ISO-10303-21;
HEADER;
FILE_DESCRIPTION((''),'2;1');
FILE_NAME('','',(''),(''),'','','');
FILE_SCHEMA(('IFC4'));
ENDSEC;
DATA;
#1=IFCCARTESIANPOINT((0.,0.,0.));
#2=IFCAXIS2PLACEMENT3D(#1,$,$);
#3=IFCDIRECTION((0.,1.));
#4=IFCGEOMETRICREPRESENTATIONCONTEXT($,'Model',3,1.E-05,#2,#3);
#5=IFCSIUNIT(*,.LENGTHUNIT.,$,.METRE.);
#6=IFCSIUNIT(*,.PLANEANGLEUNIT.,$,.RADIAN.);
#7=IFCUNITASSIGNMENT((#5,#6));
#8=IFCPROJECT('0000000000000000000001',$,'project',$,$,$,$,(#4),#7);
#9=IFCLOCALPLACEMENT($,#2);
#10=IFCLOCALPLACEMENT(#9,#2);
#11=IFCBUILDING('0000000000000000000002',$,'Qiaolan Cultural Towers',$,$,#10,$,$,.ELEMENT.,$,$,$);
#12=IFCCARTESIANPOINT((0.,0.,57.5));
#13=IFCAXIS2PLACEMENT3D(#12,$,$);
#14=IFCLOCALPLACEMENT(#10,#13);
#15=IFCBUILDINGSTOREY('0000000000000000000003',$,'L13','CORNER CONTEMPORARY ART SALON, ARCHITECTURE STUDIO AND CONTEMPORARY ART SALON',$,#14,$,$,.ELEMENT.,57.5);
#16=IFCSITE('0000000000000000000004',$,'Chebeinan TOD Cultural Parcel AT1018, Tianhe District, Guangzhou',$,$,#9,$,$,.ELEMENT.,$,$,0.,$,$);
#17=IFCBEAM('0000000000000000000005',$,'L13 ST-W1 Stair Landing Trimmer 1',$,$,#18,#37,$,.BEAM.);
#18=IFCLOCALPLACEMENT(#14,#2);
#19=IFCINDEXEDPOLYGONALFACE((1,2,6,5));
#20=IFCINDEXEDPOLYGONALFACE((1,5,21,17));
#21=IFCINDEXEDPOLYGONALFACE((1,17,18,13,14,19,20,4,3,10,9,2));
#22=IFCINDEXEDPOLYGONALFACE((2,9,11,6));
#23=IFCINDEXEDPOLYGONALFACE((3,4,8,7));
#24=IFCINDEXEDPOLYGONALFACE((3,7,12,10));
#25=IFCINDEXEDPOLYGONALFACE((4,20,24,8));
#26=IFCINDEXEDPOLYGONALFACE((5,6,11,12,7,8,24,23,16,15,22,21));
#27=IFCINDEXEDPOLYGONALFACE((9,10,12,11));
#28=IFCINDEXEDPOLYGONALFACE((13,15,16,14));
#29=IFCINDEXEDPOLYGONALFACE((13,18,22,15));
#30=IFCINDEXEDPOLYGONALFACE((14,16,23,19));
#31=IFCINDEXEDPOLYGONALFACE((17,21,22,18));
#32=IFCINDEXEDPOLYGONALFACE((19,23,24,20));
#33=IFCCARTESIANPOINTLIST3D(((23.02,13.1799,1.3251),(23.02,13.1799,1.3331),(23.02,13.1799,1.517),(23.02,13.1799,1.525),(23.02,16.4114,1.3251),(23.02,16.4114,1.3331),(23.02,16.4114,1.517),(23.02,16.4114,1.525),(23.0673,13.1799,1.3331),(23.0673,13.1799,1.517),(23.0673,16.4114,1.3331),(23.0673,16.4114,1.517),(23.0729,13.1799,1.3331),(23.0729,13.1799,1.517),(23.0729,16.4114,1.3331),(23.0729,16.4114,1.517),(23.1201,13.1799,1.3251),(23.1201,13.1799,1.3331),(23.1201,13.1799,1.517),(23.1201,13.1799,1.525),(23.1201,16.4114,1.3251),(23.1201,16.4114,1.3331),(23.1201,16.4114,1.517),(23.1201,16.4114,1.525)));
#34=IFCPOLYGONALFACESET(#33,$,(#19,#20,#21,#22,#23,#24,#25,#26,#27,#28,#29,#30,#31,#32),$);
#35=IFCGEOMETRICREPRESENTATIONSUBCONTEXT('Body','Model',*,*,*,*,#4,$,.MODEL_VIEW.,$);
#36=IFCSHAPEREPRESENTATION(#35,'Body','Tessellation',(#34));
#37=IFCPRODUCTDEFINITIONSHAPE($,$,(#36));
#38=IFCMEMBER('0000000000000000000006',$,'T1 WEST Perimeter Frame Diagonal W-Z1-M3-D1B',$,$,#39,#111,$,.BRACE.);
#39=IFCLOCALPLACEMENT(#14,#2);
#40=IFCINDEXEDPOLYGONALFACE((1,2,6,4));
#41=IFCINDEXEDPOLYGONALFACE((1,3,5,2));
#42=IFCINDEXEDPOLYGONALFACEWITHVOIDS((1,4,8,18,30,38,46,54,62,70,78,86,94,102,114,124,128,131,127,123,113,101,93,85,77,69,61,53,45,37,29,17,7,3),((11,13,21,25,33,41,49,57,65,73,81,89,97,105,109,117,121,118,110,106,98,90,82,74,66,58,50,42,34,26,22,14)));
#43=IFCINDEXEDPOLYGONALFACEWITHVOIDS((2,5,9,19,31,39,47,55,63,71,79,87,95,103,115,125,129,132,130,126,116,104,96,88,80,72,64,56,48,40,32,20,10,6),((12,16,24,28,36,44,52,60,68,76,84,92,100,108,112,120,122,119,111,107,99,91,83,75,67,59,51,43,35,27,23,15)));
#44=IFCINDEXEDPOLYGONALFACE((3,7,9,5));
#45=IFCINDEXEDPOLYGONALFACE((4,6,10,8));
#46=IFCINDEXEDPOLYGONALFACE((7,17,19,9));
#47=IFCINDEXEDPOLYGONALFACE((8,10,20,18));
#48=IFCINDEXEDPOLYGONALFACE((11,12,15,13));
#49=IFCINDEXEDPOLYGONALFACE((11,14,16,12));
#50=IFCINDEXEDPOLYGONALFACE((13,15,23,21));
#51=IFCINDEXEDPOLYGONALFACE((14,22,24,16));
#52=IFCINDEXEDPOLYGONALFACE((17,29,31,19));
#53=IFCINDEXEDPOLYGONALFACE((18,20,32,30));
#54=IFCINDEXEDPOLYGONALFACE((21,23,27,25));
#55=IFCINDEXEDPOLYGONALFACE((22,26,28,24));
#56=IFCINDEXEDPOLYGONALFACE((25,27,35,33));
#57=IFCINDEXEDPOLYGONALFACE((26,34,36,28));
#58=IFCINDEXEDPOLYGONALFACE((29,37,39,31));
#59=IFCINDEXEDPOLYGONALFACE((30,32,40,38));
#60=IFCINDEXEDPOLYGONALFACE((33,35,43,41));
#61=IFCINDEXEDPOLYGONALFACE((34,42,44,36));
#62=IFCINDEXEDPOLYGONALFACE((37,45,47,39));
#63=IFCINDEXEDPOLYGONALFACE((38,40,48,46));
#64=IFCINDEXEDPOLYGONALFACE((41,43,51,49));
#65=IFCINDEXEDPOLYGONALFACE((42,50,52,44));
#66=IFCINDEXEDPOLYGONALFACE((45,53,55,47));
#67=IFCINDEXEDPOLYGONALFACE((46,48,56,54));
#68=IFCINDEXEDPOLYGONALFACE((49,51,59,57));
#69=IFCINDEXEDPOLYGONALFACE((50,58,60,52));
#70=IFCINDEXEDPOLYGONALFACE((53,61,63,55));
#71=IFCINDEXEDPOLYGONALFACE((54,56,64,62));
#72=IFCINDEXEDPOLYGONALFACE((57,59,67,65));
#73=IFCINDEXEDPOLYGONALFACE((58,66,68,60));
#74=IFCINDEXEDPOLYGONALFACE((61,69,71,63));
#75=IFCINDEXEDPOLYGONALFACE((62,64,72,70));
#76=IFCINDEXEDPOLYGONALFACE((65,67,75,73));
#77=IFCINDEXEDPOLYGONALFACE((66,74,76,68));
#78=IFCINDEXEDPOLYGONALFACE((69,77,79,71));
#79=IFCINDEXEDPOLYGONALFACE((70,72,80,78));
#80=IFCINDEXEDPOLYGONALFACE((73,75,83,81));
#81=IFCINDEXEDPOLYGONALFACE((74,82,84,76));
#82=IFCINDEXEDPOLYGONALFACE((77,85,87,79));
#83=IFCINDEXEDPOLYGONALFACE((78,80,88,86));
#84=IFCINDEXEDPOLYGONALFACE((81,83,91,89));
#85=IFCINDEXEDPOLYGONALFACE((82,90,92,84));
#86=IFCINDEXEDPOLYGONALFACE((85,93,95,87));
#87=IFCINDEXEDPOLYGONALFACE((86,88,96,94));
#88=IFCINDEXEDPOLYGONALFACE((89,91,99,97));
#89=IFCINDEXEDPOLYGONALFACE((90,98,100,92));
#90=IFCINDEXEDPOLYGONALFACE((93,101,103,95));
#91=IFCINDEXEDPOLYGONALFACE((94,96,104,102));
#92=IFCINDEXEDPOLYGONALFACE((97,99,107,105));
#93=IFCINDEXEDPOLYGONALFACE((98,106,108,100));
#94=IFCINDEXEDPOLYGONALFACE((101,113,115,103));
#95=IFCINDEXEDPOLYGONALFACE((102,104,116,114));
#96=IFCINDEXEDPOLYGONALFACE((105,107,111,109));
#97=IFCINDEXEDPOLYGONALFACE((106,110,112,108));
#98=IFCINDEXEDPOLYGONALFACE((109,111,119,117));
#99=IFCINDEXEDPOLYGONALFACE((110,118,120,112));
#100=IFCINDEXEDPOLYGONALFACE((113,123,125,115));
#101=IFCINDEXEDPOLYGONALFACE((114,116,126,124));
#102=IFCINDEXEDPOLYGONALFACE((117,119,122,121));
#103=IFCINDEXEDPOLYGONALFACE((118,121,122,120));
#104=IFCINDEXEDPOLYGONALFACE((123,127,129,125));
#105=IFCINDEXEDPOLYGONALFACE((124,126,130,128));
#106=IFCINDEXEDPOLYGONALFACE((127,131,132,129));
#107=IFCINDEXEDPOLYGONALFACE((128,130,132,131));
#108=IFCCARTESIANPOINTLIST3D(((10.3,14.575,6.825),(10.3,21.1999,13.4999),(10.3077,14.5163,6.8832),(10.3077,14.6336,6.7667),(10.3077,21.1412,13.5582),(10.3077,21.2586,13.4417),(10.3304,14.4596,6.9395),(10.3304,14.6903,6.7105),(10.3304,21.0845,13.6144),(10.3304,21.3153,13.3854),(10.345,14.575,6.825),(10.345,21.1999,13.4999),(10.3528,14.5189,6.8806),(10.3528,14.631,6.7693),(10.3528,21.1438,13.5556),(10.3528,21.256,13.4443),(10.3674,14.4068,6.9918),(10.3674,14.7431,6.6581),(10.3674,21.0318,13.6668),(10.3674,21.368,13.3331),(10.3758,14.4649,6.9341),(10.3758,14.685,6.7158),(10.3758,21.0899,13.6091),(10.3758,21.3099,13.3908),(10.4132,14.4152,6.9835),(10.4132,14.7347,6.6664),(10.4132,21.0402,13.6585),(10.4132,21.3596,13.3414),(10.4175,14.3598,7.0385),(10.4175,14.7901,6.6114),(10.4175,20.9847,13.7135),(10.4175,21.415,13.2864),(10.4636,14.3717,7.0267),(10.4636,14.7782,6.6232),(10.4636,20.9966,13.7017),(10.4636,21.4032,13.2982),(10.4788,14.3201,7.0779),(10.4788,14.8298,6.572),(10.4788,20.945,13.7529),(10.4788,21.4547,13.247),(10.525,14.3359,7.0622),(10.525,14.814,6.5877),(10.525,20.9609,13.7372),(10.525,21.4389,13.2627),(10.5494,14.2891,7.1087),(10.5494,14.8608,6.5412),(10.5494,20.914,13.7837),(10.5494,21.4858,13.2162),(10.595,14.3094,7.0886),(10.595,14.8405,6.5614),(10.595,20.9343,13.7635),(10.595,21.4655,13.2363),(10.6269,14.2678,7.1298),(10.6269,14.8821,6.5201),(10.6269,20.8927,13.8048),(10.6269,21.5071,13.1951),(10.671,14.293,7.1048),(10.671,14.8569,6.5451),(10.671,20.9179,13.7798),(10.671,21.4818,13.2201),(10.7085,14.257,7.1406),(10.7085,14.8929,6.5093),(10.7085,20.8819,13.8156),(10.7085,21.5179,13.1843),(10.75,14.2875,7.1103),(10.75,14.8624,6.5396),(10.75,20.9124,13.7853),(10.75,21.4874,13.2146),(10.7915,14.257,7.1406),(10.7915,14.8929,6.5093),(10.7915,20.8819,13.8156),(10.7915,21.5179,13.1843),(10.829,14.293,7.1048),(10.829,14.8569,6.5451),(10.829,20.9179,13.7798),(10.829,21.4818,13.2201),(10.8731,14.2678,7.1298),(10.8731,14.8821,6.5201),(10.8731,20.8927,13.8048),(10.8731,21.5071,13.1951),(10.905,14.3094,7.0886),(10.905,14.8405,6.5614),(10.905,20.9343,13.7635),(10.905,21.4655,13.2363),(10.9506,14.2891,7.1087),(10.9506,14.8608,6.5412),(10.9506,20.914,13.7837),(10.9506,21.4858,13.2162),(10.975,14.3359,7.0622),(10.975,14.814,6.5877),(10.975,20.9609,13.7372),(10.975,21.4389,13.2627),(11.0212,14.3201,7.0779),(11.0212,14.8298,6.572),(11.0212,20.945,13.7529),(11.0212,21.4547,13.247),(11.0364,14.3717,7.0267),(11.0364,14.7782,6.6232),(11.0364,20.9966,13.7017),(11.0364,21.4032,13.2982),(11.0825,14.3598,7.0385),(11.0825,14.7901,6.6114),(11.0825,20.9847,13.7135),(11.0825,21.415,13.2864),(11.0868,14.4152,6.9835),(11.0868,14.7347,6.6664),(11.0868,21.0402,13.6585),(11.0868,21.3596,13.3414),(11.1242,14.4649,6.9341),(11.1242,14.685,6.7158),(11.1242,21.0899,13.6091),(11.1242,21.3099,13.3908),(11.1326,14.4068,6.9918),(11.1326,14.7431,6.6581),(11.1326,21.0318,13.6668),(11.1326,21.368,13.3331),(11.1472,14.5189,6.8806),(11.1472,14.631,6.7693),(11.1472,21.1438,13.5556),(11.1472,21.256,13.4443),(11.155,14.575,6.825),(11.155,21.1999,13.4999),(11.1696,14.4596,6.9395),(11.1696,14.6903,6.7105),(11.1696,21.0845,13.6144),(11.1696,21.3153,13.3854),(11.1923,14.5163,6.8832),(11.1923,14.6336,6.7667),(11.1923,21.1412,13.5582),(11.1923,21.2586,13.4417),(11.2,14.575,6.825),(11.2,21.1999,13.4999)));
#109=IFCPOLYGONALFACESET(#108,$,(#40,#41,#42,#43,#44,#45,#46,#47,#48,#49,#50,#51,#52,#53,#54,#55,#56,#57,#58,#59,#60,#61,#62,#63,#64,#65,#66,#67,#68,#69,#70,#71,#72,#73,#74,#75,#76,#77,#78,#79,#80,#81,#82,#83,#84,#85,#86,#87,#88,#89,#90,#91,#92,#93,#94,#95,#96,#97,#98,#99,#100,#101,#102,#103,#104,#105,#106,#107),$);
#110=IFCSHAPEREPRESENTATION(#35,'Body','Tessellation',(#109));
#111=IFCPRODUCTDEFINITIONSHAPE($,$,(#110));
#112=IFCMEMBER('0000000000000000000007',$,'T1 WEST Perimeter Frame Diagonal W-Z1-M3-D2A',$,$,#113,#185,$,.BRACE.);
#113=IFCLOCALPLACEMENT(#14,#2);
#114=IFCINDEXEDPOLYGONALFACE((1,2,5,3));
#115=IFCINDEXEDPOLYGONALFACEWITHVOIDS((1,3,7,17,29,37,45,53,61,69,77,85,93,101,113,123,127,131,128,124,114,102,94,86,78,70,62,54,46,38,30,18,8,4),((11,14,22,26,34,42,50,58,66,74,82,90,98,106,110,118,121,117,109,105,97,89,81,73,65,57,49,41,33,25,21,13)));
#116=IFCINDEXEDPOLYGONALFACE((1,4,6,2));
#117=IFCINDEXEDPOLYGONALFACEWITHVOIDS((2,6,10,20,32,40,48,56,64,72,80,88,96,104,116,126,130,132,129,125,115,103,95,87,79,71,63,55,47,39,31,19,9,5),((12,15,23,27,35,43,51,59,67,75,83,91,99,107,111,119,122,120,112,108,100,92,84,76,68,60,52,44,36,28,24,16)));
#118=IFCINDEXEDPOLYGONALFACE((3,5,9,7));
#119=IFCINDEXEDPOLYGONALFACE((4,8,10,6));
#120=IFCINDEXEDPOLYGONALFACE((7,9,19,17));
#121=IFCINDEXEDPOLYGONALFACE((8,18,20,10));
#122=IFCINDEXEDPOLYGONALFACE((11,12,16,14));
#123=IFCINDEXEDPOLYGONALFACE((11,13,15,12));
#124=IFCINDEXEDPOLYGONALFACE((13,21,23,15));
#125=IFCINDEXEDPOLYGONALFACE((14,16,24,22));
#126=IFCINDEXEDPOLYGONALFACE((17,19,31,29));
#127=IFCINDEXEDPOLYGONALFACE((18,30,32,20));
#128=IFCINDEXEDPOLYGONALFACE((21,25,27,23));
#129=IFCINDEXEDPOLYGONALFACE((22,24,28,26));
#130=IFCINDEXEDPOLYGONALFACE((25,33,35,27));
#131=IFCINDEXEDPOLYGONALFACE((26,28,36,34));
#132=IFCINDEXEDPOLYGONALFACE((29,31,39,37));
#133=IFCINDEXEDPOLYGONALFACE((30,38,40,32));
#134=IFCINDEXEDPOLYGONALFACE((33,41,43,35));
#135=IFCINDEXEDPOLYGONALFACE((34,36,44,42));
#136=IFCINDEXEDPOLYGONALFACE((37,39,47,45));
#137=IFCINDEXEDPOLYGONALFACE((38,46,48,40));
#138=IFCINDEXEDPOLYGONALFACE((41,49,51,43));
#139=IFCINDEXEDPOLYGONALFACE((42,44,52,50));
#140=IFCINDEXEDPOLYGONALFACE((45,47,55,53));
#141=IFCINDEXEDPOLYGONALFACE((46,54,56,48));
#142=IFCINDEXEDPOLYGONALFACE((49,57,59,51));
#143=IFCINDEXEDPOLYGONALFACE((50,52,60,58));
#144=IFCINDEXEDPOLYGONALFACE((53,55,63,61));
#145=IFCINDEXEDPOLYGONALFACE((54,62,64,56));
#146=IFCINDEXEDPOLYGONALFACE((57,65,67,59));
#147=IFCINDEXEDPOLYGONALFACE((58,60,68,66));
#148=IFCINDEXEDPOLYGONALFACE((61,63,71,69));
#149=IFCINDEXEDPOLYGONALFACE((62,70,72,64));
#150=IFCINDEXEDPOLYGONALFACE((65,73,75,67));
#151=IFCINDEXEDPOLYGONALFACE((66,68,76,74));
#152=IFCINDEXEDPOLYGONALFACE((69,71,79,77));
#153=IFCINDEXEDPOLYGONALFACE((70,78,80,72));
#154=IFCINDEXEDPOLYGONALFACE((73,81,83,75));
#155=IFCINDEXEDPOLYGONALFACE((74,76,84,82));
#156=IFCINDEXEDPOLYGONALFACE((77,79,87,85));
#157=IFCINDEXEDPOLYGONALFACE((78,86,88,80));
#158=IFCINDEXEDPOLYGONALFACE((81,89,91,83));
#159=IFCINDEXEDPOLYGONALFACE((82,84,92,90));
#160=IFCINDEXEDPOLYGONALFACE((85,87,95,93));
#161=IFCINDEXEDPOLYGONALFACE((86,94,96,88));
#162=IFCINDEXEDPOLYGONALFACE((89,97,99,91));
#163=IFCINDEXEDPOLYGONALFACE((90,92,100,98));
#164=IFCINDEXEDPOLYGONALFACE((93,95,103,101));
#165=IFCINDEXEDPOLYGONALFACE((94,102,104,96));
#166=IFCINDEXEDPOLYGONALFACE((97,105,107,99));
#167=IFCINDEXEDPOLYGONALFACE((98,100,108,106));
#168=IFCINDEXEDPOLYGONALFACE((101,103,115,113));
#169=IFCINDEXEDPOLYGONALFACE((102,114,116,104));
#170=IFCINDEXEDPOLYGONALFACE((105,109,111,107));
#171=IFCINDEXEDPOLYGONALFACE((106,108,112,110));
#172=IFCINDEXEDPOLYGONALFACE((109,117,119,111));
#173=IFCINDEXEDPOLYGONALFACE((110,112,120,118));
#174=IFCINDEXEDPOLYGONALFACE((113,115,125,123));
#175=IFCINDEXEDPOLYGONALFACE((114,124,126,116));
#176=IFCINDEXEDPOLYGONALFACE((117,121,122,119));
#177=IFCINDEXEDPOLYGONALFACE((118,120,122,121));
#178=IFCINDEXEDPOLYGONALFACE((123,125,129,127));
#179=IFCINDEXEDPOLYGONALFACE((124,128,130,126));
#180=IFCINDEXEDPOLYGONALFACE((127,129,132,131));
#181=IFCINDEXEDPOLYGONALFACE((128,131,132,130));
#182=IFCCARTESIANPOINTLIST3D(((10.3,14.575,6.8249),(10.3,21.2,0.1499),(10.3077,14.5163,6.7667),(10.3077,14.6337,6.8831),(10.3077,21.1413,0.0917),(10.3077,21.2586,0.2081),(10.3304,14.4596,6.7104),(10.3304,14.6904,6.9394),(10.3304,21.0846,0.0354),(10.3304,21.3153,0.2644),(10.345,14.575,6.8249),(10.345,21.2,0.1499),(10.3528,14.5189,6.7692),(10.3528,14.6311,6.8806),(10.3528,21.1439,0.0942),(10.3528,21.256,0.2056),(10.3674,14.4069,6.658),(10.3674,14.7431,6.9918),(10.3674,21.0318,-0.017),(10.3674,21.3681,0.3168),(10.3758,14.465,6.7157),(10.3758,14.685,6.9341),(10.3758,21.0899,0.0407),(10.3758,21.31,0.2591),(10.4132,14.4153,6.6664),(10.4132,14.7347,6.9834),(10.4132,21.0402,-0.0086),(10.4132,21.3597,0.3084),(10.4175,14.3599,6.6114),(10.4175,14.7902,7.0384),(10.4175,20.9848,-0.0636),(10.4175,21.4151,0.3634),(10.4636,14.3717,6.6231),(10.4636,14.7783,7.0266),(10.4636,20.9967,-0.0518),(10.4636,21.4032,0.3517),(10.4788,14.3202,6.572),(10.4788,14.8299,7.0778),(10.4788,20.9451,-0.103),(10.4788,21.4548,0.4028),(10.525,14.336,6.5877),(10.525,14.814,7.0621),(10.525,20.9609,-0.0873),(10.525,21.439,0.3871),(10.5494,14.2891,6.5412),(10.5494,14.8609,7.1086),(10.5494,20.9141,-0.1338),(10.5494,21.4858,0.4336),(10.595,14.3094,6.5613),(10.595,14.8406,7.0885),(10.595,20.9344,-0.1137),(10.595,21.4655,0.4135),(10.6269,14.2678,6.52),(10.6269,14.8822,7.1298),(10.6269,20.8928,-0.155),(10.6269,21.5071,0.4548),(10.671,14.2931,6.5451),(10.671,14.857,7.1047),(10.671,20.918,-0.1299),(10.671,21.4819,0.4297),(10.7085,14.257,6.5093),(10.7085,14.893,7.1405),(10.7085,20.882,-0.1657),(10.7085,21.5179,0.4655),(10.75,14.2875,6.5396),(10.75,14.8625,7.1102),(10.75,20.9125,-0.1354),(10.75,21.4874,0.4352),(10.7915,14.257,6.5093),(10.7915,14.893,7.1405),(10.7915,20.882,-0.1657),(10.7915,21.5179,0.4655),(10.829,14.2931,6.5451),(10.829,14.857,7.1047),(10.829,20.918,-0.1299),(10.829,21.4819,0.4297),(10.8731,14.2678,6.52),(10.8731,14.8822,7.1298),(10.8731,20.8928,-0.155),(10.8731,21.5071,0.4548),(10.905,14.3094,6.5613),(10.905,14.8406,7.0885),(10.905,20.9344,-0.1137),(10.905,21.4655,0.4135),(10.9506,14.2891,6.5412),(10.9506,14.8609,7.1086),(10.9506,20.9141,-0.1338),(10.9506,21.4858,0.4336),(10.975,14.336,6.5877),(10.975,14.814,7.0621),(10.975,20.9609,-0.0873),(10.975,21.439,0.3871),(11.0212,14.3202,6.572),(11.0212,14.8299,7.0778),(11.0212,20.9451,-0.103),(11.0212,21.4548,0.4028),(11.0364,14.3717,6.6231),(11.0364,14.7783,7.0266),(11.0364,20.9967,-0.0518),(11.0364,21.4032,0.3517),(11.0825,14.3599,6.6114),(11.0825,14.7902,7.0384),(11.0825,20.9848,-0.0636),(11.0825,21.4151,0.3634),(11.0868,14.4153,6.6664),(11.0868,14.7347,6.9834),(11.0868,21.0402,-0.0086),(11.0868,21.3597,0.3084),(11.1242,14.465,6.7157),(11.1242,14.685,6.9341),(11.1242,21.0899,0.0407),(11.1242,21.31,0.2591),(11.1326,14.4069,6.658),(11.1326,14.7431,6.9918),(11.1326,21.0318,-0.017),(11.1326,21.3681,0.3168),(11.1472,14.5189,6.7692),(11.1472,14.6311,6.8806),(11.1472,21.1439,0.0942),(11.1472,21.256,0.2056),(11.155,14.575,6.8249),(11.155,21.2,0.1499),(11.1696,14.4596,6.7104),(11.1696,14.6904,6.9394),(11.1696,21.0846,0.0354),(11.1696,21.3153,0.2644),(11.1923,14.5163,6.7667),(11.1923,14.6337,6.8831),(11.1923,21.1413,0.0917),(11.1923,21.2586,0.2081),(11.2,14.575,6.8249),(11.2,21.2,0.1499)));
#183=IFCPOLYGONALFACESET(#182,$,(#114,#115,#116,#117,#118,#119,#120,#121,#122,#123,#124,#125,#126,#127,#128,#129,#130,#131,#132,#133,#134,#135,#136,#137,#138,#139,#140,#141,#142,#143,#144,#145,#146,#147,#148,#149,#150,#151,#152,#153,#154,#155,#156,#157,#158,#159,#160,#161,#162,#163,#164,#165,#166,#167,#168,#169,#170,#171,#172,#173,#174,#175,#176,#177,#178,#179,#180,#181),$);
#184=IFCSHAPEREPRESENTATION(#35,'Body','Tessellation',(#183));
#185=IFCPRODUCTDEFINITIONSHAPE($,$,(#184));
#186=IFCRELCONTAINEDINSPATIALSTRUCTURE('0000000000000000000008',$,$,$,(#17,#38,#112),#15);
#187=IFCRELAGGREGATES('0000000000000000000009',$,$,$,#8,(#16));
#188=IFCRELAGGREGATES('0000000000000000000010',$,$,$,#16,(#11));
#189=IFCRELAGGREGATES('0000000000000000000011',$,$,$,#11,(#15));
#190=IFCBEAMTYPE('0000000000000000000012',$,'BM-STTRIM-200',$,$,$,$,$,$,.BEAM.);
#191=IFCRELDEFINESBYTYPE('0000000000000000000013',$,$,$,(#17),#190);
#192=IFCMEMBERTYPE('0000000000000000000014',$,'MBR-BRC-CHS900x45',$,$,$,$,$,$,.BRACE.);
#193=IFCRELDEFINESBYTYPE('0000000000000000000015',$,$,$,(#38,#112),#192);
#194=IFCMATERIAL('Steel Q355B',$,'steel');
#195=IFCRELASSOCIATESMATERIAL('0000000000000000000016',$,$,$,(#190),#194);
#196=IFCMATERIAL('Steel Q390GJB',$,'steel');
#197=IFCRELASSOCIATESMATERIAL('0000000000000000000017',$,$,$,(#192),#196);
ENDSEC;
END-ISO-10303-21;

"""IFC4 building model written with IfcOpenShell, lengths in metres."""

from ifc_helpers import new_model, si_unit, direction, frame, origin, origin_2d, place, context, subcontext, project, spatial, hollow_circle, i_section, extrude, material, material_profile, profile_set, type_object, element, save


model = new_model("IFC4")

# Units and contexts
model_context = context("Model", 3, precision=1e-05, world=origin(), true_north=direction((0.0, 1.0)))
body_context = subcontext(model_context, "Body", "Model", "MODEL_VIEW")
ifc_project = project(units=[si_unit("LENGTHUNIT", "METRE"), si_unit("PLANEANGLEUNIT", "RADIAN")], contexts=[model_context])

# Site, building, storey
site_placement = place(None, origin())
site = spatial("IfcSite", under=ifc_project, at=site_placement, Name="Chebeinan TOD Cultural Parcel AT1018, Tianhe District, Guangzhou", CompositionType="ELEMENT", RefElevation=0.0)
building_placement = place(site_placement, origin())
building = spatial("IfcBuilding", under=site, at=building_placement, Name="Qiaolan Cultural Towers", CompositionType="ELEMENT")
storey_placement = place(building_placement, frame((0.0, 0.0, 57.5)))
storey = spatial("IfcBuildingStorey", under=building, at=storey_placement, Name="L13", Description="CORNER CONTEMPORARY ART SALON, ARCHITECTURE STUDIO AND CONTEMPORARY ART SALON", CompositionType="ELEMENT", Elevation=57.5)

# Beam
ifc_material_1 = material(Name="Steel Q355B", Category="steel")
ifc_material_profile_1 = material_profile(ifc_material_1, i_section(OverallWidth=0.1001, OverallDepth=0.2, WebThickness=0.0056, FlangeThickness=0.0081, at=origin_2d()), Name="HN200x100x5.5x8")
ifc_profile_set_1 = profile_set([ifc_material_profile_1], Name="Steel Q355B")
beam_type_1 = type_object("IfcBeamType", Name="BM-STTRIM-200", PredefinedType="BEAM", material=ifc_profile_set_1)
beam_1_placement = place(storey_placement, frame((23.0701, 16.4114, 1.425), z_axis=(0.0, -1.0, 0.0), x_axis=(1.0, 0.0, 0.0)))
element("IfcBeam", 1, at=beam_1_placement, inside=storey, type_object=beam_type_1, Name="L13 ST-W1 Stair Landing Trimmer 1", PredefinedType="BEAM", context=body_context, shape_type="SweptSolid", body=[
    extrude(i_section(OverallWidth=0.1001, OverallDepth=0.2, WebThickness=0.0056, FlangeThickness=0.0081, at=origin_2d()), origin(), (0.0, 0.0, 1.0), 3.2314),
])

# Members
ifc_material_2 = material(Name="Steel Q390GJB", Category="steel")
ifc_material_profile_2 = material_profile(ifc_material_2, hollow_circle(Radius=0.45, WallThickness=0.0449, at=origin_2d()), Name="CHS900x45")
ifc_profile_set_2 = profile_set([ifc_material_profile_2], Name="Steel Q390GJB")
member_type = type_object("IfcMemberType", Name="MBR-BRC-CHS900x45", PredefinedType="BRACE", material=ifc_profile_set_2)
for number, where, z_axis, x_axis, name in (
    (2, (10.75, 14.575, 6.825), (0.0, 0.704441, 0.709763), (-1.0, 0.0, 0.0), "T1 WEST Perimeter Frame Diagonal W-Z1-M3-D1B"),
    (3, (10.75, 21.2, 0.1499), (0.0, -0.704441, 0.709763), (1.0, 0.0, 0.0), "T1 WEST Perimeter Frame Diagonal W-Z1-M3-D2A"),
):
    element("IfcMember", number, at=place(storey_placement, frame(where, z_axis=z_axis, x_axis=x_axis)), inside=storey, type_object=member_type, Name=name, PredefinedType="BRACE", context=body_context, shape_type="SweptSolid", body=[
        extrude(hollow_circle(Radius=0.45, WallThickness=0.0449, at=origin_2d()), origin(), (0.0, 0.0, 1.0), 9.4045),
    ])

save(model, "model.ifc")
